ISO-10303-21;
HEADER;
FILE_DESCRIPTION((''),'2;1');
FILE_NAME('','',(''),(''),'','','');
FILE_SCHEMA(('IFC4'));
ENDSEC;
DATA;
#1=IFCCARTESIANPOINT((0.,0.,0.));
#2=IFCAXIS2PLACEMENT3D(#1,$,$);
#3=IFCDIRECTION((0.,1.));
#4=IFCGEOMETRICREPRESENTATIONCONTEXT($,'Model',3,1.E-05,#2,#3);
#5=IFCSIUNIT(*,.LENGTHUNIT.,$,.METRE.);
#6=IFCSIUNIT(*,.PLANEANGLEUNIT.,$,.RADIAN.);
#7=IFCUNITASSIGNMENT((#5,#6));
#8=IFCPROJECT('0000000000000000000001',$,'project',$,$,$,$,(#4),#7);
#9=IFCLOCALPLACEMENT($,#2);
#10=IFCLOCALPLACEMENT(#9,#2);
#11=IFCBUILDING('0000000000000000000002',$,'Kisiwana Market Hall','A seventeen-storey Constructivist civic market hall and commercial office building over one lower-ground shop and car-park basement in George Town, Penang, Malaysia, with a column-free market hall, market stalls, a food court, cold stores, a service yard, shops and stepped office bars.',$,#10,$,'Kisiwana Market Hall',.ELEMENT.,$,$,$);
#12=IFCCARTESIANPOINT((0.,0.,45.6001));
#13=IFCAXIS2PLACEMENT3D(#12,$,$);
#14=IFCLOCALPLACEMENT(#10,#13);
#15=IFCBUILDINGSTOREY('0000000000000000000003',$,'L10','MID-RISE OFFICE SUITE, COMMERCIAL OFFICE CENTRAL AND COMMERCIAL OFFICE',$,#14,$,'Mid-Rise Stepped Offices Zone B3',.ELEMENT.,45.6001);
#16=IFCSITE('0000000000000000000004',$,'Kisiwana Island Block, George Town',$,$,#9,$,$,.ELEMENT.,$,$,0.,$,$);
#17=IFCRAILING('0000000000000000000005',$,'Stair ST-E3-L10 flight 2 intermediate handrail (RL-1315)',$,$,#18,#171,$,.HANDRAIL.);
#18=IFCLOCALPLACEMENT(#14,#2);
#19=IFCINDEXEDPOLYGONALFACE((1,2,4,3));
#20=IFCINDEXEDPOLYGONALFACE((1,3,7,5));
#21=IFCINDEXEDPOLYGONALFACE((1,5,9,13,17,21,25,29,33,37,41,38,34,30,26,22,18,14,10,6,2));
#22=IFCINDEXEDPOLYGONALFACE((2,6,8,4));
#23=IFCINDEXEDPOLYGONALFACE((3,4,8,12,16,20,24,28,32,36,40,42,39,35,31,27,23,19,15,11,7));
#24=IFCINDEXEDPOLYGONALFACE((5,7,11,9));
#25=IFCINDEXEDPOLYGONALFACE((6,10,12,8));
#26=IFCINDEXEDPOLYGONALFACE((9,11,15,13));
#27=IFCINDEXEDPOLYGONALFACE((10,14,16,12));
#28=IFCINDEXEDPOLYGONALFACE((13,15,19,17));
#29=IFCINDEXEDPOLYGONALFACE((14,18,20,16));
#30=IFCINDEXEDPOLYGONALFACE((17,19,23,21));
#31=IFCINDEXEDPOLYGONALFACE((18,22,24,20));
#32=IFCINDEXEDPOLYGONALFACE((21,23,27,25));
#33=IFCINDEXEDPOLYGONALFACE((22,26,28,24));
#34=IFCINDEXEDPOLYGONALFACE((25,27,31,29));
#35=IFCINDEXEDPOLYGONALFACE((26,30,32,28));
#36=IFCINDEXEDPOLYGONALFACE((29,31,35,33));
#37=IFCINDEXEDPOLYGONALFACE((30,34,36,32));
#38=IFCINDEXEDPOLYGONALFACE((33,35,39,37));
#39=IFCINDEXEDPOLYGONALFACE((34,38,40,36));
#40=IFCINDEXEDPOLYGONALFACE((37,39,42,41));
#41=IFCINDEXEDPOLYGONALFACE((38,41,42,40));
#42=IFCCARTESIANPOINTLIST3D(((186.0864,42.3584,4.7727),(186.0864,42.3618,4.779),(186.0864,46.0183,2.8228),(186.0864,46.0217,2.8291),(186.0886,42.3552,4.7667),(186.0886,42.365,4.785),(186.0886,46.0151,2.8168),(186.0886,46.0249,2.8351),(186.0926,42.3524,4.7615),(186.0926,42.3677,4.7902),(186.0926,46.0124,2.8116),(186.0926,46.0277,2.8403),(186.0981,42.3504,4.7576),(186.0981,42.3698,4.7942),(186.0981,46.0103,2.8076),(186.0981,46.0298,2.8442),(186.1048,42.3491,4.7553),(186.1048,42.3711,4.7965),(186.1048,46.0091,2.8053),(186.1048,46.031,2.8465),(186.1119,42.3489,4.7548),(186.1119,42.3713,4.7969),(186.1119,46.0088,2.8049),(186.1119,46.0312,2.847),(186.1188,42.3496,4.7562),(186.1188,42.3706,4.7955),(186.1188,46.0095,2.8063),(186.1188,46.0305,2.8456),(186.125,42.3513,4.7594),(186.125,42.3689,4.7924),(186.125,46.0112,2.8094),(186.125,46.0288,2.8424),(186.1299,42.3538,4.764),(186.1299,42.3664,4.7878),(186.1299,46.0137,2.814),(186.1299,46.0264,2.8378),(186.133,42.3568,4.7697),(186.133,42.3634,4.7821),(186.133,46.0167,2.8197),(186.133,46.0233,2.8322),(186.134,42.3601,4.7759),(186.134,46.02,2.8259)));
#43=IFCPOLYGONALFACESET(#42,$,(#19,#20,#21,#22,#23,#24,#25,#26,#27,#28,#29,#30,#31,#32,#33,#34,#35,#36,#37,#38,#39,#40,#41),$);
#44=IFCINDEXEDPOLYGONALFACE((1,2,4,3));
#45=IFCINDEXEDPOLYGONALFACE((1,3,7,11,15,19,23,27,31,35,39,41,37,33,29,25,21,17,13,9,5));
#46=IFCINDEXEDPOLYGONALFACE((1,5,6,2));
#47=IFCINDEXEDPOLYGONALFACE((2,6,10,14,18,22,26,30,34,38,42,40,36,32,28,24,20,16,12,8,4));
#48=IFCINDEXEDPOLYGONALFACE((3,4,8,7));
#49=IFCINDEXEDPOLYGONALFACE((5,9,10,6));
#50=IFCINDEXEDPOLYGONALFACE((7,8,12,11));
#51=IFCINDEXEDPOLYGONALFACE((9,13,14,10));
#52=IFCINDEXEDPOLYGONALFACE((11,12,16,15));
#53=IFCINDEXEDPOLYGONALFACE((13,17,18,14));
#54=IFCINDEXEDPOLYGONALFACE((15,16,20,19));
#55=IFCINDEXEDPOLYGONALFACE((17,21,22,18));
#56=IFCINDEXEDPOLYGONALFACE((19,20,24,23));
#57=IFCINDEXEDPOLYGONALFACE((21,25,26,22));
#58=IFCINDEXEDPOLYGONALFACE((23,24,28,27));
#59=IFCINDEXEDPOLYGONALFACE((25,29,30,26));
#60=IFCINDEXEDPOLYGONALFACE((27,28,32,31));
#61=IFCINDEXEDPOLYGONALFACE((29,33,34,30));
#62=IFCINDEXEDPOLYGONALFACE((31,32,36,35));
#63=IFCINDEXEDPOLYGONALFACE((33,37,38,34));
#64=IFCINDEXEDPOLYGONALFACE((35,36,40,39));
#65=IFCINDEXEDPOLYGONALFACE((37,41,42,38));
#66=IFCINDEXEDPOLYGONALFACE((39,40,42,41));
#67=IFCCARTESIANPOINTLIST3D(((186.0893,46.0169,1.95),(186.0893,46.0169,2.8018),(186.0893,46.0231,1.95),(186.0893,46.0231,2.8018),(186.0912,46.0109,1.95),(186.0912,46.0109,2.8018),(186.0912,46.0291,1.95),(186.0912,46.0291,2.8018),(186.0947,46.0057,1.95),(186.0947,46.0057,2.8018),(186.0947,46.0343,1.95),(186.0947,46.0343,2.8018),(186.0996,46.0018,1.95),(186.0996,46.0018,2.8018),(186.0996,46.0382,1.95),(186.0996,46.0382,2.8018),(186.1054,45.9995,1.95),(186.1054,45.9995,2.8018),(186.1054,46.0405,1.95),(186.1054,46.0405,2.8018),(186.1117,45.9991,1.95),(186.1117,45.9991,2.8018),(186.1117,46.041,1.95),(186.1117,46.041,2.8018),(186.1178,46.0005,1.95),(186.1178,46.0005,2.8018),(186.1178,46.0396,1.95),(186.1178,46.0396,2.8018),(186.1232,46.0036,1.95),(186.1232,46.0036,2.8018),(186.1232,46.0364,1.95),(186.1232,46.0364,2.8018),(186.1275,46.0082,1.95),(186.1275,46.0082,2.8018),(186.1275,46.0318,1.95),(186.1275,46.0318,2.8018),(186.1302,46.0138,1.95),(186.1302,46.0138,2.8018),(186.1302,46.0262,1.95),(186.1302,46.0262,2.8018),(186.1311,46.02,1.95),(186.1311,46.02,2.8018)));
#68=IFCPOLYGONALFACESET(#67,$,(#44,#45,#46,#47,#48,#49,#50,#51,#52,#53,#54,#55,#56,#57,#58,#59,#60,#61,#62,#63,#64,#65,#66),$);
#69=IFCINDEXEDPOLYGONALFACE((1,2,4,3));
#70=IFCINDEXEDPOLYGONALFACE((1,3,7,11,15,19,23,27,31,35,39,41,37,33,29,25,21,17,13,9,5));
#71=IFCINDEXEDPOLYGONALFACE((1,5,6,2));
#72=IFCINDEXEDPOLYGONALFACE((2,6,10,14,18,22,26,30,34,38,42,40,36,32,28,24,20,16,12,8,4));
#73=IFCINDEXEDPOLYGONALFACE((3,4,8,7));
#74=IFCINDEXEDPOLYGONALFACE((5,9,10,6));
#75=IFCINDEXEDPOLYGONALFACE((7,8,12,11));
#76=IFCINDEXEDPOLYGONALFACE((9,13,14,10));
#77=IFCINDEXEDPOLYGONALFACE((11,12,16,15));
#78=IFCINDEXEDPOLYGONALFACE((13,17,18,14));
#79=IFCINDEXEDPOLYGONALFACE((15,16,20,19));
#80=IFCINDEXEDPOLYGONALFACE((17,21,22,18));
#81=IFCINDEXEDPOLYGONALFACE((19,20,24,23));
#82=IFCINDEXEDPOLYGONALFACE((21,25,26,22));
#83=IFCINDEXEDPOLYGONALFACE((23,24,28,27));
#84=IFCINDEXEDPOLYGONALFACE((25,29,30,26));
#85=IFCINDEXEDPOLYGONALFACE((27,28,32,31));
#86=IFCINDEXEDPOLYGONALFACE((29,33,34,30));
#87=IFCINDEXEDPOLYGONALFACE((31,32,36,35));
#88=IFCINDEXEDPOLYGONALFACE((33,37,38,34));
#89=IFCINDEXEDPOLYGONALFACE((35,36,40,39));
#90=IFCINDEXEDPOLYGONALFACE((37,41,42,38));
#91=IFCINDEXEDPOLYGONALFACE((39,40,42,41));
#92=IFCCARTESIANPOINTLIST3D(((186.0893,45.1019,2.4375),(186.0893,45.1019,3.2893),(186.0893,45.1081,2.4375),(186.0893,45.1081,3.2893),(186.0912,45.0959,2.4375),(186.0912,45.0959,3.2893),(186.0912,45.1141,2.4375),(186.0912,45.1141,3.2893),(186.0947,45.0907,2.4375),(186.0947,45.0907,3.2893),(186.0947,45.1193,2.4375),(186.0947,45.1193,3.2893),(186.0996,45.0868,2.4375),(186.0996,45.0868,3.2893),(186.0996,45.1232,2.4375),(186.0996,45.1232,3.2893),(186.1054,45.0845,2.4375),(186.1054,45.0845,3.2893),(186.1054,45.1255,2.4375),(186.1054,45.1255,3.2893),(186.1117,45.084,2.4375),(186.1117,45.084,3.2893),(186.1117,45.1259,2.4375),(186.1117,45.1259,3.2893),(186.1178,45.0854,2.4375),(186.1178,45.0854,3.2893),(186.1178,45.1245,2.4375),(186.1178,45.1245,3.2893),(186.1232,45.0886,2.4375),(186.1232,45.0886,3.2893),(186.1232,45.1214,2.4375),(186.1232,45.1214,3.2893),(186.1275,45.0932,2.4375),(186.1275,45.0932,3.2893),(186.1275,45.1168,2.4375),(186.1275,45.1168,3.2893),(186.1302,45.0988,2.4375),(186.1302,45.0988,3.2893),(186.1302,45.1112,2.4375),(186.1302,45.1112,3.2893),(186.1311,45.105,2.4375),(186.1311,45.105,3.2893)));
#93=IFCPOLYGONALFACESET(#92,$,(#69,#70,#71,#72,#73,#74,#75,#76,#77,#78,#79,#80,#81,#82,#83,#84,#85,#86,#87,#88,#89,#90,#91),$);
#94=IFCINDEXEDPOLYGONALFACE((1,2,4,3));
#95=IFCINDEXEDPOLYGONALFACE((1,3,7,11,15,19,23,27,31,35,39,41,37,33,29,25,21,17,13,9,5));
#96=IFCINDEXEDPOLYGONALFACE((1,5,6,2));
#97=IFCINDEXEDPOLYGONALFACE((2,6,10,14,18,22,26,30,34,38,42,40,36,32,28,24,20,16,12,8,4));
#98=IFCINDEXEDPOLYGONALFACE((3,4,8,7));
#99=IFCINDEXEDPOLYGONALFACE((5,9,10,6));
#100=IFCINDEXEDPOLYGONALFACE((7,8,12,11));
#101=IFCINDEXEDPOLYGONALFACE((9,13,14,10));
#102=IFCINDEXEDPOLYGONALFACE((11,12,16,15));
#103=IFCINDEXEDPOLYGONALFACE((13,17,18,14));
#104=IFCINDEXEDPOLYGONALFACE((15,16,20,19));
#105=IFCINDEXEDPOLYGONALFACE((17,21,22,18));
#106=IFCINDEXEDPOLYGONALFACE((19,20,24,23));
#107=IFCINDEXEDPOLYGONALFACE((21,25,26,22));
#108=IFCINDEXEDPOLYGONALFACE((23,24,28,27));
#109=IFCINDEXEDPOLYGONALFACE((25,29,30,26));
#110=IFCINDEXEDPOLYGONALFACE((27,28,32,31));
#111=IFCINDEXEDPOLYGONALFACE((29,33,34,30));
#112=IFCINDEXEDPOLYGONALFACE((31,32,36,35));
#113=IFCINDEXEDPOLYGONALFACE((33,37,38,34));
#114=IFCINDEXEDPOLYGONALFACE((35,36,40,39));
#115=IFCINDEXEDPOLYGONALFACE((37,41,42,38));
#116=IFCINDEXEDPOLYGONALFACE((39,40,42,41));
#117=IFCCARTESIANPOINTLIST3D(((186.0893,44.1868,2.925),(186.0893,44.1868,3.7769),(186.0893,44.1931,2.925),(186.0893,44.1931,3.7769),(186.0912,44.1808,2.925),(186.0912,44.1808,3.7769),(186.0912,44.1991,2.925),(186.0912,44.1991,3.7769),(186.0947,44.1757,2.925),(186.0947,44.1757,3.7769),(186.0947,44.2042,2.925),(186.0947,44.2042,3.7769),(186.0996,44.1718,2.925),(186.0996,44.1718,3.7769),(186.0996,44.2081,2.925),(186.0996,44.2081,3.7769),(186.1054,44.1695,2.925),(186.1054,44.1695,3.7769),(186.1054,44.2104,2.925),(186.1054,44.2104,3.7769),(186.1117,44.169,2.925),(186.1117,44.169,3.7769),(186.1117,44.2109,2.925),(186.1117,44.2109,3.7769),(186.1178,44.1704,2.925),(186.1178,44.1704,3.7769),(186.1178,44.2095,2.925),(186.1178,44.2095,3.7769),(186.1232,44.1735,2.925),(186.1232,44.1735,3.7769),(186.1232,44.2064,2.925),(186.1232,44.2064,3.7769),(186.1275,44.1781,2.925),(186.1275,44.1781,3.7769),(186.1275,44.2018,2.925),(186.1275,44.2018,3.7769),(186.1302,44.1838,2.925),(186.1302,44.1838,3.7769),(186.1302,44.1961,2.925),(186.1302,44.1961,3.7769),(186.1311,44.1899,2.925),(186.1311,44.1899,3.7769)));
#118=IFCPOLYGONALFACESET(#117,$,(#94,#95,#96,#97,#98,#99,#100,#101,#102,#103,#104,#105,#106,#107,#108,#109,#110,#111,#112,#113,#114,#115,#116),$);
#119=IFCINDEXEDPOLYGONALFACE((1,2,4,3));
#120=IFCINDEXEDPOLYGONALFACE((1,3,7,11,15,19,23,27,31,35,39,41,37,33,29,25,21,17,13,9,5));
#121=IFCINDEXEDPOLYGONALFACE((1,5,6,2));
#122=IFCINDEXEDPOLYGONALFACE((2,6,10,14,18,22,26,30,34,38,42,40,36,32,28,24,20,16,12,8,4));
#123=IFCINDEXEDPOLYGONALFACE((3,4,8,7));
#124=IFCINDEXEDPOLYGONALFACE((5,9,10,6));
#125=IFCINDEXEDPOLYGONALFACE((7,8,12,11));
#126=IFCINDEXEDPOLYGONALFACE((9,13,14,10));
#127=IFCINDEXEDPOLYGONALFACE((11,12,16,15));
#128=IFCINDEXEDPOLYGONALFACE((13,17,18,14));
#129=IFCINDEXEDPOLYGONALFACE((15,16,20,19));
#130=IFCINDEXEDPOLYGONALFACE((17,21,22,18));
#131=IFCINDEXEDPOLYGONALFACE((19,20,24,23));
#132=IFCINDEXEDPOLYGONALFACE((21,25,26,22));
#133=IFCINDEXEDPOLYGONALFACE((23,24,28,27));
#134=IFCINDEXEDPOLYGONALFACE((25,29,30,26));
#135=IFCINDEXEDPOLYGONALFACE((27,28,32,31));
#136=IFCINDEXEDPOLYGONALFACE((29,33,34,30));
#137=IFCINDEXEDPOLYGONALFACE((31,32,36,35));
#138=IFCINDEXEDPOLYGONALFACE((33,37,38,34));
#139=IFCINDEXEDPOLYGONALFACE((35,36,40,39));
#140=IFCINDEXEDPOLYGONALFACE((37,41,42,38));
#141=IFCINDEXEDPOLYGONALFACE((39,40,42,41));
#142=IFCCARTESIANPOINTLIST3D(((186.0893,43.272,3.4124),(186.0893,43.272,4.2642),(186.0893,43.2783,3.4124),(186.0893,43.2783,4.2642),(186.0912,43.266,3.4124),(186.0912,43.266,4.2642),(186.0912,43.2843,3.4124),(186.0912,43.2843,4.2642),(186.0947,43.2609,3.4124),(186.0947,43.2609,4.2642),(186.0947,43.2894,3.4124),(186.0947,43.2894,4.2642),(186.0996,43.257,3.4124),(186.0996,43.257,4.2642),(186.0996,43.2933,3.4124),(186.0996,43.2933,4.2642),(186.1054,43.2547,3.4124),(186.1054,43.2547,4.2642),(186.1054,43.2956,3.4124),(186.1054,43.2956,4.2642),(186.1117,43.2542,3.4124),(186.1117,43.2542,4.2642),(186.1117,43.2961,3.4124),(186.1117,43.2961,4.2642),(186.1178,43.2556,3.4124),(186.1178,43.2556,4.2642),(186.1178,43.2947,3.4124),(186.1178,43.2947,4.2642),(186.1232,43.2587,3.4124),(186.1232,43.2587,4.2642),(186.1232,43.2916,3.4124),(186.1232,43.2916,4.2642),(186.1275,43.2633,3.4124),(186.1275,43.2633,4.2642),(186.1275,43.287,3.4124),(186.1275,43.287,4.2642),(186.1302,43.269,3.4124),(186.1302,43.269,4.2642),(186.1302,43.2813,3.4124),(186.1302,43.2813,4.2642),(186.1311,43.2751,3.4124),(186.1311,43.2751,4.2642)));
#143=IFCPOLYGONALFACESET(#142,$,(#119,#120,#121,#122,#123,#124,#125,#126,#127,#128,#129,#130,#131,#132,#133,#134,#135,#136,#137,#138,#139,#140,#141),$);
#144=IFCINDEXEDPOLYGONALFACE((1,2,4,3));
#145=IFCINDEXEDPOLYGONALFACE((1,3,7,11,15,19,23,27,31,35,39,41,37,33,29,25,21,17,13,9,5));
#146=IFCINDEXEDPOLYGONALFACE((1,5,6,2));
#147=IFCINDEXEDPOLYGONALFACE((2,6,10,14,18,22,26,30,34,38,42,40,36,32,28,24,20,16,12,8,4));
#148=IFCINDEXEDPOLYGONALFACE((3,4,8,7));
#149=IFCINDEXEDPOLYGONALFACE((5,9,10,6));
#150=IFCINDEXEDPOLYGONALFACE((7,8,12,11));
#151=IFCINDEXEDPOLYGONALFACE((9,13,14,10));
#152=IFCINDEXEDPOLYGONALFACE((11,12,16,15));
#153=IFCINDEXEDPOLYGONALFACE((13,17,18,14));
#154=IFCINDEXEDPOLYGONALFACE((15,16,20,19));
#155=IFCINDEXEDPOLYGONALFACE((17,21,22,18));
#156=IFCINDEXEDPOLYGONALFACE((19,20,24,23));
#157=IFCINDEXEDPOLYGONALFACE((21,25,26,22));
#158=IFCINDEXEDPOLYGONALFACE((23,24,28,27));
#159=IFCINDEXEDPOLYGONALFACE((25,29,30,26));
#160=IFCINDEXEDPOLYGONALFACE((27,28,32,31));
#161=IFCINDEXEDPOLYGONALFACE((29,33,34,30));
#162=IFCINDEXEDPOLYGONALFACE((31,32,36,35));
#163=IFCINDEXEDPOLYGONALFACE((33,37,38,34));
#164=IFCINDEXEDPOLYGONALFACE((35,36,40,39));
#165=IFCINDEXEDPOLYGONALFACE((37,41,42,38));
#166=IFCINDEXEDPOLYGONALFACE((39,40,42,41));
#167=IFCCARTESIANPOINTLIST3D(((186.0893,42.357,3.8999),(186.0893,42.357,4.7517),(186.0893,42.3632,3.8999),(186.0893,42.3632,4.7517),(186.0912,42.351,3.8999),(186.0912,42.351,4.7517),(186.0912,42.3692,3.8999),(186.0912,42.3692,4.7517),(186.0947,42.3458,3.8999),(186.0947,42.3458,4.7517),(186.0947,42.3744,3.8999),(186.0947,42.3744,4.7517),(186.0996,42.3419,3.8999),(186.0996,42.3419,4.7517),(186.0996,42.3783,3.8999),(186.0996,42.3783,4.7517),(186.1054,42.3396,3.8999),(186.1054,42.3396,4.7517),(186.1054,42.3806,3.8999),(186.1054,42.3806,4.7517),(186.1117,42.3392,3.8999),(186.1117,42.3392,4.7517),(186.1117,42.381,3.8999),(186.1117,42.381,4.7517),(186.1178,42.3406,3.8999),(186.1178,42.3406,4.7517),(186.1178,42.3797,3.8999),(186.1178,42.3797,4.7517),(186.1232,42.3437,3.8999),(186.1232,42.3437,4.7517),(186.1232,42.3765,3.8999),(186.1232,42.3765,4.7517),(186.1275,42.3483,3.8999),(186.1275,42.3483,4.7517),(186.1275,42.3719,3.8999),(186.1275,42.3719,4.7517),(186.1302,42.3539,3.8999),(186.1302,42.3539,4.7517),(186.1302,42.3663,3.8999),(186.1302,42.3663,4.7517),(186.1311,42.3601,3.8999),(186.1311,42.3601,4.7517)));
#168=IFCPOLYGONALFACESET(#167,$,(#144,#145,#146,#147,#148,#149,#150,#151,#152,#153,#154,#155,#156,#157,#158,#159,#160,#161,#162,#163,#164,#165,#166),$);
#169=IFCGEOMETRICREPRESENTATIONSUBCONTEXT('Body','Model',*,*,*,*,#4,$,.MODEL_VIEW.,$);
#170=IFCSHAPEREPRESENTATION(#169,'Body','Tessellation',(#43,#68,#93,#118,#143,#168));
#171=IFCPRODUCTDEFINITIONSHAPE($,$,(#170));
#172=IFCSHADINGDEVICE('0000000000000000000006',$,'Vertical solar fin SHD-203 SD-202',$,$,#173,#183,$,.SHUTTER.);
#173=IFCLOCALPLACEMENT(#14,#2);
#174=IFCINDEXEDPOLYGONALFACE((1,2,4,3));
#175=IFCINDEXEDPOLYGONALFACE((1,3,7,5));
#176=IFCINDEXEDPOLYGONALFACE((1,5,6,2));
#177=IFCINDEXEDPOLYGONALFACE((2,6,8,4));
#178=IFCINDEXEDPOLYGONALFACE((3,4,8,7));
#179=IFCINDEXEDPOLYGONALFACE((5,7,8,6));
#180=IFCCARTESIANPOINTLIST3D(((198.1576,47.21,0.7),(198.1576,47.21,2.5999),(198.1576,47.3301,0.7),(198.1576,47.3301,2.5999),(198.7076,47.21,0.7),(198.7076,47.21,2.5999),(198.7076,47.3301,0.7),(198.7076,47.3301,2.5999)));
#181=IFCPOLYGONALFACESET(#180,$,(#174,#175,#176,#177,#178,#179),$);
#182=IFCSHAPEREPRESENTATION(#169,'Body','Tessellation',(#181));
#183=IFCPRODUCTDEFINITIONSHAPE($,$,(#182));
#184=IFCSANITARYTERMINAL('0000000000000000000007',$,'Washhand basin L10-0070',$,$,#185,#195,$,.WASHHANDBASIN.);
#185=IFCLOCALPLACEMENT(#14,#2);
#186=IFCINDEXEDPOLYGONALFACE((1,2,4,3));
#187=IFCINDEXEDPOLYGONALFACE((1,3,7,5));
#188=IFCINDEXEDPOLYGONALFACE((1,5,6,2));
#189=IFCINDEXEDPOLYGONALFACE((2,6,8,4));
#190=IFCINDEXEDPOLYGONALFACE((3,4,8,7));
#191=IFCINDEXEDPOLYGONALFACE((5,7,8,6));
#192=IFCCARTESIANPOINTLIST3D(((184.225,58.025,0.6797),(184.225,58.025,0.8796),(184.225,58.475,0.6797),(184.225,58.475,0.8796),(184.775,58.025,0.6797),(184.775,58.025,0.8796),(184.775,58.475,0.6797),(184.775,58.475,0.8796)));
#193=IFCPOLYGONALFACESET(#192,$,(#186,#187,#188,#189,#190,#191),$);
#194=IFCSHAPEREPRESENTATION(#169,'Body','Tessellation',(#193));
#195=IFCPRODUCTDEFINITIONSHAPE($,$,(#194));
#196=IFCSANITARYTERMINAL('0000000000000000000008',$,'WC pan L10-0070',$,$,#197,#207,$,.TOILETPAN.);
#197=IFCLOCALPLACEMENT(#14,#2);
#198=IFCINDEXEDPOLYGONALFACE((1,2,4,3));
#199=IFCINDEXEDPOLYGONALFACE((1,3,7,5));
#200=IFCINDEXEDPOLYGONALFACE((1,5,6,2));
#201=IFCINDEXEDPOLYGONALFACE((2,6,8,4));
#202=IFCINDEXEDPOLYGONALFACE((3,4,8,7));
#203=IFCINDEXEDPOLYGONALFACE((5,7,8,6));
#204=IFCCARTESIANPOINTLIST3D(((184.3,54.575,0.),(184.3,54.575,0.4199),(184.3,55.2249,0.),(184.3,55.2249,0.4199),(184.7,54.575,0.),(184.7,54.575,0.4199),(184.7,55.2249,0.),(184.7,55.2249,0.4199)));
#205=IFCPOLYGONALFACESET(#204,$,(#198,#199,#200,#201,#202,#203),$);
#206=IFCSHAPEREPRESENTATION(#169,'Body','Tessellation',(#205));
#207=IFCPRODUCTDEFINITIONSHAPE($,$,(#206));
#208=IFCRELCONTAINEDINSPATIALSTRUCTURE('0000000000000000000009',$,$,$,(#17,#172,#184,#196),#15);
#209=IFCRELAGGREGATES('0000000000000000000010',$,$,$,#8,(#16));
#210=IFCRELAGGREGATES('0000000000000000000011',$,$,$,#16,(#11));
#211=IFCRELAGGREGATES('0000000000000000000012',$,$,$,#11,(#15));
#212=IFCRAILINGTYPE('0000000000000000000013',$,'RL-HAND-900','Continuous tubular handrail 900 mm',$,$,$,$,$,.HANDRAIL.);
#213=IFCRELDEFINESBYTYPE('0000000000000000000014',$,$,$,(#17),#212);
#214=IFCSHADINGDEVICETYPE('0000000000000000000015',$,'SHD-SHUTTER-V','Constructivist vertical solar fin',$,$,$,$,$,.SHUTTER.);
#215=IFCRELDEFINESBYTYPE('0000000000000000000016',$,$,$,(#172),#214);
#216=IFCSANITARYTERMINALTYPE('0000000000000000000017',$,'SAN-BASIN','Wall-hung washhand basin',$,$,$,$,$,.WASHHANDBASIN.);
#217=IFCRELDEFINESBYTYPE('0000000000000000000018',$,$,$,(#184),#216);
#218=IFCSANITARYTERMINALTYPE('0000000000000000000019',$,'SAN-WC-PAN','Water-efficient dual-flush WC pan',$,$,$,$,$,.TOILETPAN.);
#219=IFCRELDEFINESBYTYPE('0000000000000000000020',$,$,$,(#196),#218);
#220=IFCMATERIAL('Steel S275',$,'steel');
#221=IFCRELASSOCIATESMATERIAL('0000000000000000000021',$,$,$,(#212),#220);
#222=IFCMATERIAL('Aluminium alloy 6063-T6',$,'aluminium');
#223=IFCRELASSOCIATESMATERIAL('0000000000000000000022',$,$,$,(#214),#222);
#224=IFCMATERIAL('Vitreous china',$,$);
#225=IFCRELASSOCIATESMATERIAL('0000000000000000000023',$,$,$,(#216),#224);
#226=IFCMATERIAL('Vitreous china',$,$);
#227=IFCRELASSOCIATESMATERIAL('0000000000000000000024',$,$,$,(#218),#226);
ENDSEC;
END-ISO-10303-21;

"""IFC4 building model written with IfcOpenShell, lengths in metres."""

from ifc_helpers import new_model, si_unit, direction, frame, origin, origin_2d, place, context, subcontext, project, spatial, rectangle, circle, extrude, material, type_object, element, save


model = new_model("IFC4")

# Units and contexts
model_context = context("Model", 3, precision=1e-05, world=origin(), true_north=direction((0.0, 1.0)))
body_context = subcontext(model_context, "Body", "Model", "MODEL_VIEW")
ifc_project = project(units=[si_unit("LENGTHUNIT", "METRE"), si_unit("PLANEANGLEUNIT", "RADIAN")], contexts=[model_context])

# Site, building, storey
site_placement = place(None, origin())
site = spatial("IfcSite", under=ifc_project, at=site_placement, Name="Kisiwana Island Block, George Town", CompositionType="ELEMENT", RefElevation=0.0)
building_placement = place(site_placement, origin())
building = spatial("IfcBuilding", under=site, at=building_placement, Name="Kisiwana Market Hall", Description="A seventeen-storey Constructivist civic market hall and commercial office building over one lower-ground shop and car-park basement in George Town, Penang, Malaysia, with a column-free market hall, market stalls, a food court, cold stores, a service yard, shops and stepped office bars.", LongName="Kisiwana Market Hall", CompositionType="ELEMENT")
storey_placement = place(building_placement, frame((0.0, 0.0, 45.6001)))
storey = spatial("IfcBuildingStorey", under=building, at=storey_placement, Name="L10", Description="MID-RISE OFFICE SUITE, COMMERCIAL OFFICE CENTRAL AND COMMERCIAL OFFICE", LongName="Mid-Rise Stepped Offices Zone B3", CompositionType="ELEMENT", Elevation=45.6001)

# Railing
ifc_material_1 = material(Name="Steel S275", Category="steel")
railing_type_1 = type_object("IfcRailingType", Name="RL-HAND-900", Description="Continuous tubular handrail 900 mm", PredefinedType="HANDRAIL", material=ifc_material_1)
for number, where, name in (
    (1, (186.1101, 46.02, 1.95), "Stair ST-E3-L10 flight 2 intermediate handrail (RL-1315)"),
):
    element("IfcRailing", number, at=place(storey_placement, frame(where)), inside=storey, type_object=railing_type_1, Name=name, PredefinedType="HANDRAIL", context=body_context, shape_type="SweptSolid", body=[
        extrude(circle(Radius=0.0239, at=origin_2d()), frame((0.0, 0.0, 0.876), z_axis=(0.0, -0.882553, 0.470212), x_axis=(1.0, 0.0, 0.0)), (0.0, 0.0, 1.0), 4.147),
        extrude(circle(Radius=0.021, at=origin_2d()), origin(), (0.0, 0.0, 1.0), 0.8518),
        extrude(circle(Radius=0.021, at=origin_2d()), frame((0.0, -0.915, 0.4875)), (0.0, 0.0, 1.0), 0.8518),
        extrude(circle(Radius=0.021, at=origin_2d()), frame((0.0, -1.8301, 0.9751)), (0.0, 0.0, 1.0), 0.8518),
        extrude(circle(Radius=0.021, at=origin_2d()), frame((0.0, -2.7449, 1.4624)), (0.0, 0.0, 1.0), 0.8518),
        extrude(circle(Radius=0.021, at=origin_2d()), frame((0.0, -3.6599, 1.95)), (0.0, 0.0, 1.0), 0.8518),
    ])

# Shading device
ifc_material_2 = material(Name="Aluminium alloy 6063-T6", Category="aluminium")
shading_device_type = type_object("IfcShadingDeviceType", Name="SHD-SHUTTER-V", Description="Constructivist vertical solar fin", PredefinedType="SHUTTER", material=ifc_material_2)
shading_device_placement = place(storey_placement, frame((198.4326, 47.27, 0.7), z_axis=(0.0, 0.0, 1.0), x_axis=(0.0, 1.0, 0.0)))
element("IfcShadingDevice", 2, at=shading_device_placement, inside=storey, type_object=shading_device_type, Name="Vertical solar fin SHD-203 SD-202", PredefinedType="SHUTTER", context=body_context, shape_type="SweptSolid", body=[
    extrude(rectangle(XDim=0.1201, YDim=0.55, at=origin_2d()), origin(), (0.0, 0.0, 1.0), 1.8999),
])

# Sanitary terminals
ifc_material_3 = material(Name="Vitreous china")
sanitary_terminal_type_1 = type_object("IfcSanitaryTerminalType", Name="SAN-BASIN", Description="Wall-hung washhand basin", PredefinedType="WASHHANDBASIN", material=ifc_material_3)
sanitary_terminal_placement = place(storey_placement, frame((184.5, 58.25, 0.6797), z_axis=(0.0, 0.0, 1.0), x_axis=(1.0, 0.0, 0.0)))
element("IfcSanitaryTerminal", 3, at=sanitary_terminal_placement, inside=storey, type_object=sanitary_terminal_type_1, Name="Washhand basin L10-0070", PredefinedType="WASHHANDBASIN", context=body_context, shape_type="SweptSolid", body=[
    extrude(rectangle(XDim=0.55, YDim=0.45, at=origin_2d()), origin(), (0.0, 0.0, 1.0), 0.2),
])
ifc_material_4 = material(Name="Vitreous china")
sanitary_terminal_type_2 = type_object("IfcSanitaryTerminalType", Name="SAN-WC-PAN", Description="Water-efficient dual-flush WC pan", PredefinedType="TOILETPAN", material=ifc_material_4)
for number, where, z_axis, x_axis, name in (
    (4, (184.5, 54.8999, 0.0), (0.0, 0.0, 1.0), (1.0, 0.0, 0.0), "WC pan L10-0070"),
):
    element("IfcSanitaryTerminal", number, at=place(storey_placement, frame(where, z_axis=z_axis, x_axis=x_axis)), inside=storey, type_object=sanitary_terminal_type_2, Name=name, PredefinedType="TOILETPAN", context=body_context, shape_type="SweptSolid", body=[
        extrude(rectangle(XDim=0.3999, YDim=0.6499, at=origin_2d()), origin(), (0.0, 0.0, 1.0), 0.4199),
    ])

save(model, "model.ifc")
